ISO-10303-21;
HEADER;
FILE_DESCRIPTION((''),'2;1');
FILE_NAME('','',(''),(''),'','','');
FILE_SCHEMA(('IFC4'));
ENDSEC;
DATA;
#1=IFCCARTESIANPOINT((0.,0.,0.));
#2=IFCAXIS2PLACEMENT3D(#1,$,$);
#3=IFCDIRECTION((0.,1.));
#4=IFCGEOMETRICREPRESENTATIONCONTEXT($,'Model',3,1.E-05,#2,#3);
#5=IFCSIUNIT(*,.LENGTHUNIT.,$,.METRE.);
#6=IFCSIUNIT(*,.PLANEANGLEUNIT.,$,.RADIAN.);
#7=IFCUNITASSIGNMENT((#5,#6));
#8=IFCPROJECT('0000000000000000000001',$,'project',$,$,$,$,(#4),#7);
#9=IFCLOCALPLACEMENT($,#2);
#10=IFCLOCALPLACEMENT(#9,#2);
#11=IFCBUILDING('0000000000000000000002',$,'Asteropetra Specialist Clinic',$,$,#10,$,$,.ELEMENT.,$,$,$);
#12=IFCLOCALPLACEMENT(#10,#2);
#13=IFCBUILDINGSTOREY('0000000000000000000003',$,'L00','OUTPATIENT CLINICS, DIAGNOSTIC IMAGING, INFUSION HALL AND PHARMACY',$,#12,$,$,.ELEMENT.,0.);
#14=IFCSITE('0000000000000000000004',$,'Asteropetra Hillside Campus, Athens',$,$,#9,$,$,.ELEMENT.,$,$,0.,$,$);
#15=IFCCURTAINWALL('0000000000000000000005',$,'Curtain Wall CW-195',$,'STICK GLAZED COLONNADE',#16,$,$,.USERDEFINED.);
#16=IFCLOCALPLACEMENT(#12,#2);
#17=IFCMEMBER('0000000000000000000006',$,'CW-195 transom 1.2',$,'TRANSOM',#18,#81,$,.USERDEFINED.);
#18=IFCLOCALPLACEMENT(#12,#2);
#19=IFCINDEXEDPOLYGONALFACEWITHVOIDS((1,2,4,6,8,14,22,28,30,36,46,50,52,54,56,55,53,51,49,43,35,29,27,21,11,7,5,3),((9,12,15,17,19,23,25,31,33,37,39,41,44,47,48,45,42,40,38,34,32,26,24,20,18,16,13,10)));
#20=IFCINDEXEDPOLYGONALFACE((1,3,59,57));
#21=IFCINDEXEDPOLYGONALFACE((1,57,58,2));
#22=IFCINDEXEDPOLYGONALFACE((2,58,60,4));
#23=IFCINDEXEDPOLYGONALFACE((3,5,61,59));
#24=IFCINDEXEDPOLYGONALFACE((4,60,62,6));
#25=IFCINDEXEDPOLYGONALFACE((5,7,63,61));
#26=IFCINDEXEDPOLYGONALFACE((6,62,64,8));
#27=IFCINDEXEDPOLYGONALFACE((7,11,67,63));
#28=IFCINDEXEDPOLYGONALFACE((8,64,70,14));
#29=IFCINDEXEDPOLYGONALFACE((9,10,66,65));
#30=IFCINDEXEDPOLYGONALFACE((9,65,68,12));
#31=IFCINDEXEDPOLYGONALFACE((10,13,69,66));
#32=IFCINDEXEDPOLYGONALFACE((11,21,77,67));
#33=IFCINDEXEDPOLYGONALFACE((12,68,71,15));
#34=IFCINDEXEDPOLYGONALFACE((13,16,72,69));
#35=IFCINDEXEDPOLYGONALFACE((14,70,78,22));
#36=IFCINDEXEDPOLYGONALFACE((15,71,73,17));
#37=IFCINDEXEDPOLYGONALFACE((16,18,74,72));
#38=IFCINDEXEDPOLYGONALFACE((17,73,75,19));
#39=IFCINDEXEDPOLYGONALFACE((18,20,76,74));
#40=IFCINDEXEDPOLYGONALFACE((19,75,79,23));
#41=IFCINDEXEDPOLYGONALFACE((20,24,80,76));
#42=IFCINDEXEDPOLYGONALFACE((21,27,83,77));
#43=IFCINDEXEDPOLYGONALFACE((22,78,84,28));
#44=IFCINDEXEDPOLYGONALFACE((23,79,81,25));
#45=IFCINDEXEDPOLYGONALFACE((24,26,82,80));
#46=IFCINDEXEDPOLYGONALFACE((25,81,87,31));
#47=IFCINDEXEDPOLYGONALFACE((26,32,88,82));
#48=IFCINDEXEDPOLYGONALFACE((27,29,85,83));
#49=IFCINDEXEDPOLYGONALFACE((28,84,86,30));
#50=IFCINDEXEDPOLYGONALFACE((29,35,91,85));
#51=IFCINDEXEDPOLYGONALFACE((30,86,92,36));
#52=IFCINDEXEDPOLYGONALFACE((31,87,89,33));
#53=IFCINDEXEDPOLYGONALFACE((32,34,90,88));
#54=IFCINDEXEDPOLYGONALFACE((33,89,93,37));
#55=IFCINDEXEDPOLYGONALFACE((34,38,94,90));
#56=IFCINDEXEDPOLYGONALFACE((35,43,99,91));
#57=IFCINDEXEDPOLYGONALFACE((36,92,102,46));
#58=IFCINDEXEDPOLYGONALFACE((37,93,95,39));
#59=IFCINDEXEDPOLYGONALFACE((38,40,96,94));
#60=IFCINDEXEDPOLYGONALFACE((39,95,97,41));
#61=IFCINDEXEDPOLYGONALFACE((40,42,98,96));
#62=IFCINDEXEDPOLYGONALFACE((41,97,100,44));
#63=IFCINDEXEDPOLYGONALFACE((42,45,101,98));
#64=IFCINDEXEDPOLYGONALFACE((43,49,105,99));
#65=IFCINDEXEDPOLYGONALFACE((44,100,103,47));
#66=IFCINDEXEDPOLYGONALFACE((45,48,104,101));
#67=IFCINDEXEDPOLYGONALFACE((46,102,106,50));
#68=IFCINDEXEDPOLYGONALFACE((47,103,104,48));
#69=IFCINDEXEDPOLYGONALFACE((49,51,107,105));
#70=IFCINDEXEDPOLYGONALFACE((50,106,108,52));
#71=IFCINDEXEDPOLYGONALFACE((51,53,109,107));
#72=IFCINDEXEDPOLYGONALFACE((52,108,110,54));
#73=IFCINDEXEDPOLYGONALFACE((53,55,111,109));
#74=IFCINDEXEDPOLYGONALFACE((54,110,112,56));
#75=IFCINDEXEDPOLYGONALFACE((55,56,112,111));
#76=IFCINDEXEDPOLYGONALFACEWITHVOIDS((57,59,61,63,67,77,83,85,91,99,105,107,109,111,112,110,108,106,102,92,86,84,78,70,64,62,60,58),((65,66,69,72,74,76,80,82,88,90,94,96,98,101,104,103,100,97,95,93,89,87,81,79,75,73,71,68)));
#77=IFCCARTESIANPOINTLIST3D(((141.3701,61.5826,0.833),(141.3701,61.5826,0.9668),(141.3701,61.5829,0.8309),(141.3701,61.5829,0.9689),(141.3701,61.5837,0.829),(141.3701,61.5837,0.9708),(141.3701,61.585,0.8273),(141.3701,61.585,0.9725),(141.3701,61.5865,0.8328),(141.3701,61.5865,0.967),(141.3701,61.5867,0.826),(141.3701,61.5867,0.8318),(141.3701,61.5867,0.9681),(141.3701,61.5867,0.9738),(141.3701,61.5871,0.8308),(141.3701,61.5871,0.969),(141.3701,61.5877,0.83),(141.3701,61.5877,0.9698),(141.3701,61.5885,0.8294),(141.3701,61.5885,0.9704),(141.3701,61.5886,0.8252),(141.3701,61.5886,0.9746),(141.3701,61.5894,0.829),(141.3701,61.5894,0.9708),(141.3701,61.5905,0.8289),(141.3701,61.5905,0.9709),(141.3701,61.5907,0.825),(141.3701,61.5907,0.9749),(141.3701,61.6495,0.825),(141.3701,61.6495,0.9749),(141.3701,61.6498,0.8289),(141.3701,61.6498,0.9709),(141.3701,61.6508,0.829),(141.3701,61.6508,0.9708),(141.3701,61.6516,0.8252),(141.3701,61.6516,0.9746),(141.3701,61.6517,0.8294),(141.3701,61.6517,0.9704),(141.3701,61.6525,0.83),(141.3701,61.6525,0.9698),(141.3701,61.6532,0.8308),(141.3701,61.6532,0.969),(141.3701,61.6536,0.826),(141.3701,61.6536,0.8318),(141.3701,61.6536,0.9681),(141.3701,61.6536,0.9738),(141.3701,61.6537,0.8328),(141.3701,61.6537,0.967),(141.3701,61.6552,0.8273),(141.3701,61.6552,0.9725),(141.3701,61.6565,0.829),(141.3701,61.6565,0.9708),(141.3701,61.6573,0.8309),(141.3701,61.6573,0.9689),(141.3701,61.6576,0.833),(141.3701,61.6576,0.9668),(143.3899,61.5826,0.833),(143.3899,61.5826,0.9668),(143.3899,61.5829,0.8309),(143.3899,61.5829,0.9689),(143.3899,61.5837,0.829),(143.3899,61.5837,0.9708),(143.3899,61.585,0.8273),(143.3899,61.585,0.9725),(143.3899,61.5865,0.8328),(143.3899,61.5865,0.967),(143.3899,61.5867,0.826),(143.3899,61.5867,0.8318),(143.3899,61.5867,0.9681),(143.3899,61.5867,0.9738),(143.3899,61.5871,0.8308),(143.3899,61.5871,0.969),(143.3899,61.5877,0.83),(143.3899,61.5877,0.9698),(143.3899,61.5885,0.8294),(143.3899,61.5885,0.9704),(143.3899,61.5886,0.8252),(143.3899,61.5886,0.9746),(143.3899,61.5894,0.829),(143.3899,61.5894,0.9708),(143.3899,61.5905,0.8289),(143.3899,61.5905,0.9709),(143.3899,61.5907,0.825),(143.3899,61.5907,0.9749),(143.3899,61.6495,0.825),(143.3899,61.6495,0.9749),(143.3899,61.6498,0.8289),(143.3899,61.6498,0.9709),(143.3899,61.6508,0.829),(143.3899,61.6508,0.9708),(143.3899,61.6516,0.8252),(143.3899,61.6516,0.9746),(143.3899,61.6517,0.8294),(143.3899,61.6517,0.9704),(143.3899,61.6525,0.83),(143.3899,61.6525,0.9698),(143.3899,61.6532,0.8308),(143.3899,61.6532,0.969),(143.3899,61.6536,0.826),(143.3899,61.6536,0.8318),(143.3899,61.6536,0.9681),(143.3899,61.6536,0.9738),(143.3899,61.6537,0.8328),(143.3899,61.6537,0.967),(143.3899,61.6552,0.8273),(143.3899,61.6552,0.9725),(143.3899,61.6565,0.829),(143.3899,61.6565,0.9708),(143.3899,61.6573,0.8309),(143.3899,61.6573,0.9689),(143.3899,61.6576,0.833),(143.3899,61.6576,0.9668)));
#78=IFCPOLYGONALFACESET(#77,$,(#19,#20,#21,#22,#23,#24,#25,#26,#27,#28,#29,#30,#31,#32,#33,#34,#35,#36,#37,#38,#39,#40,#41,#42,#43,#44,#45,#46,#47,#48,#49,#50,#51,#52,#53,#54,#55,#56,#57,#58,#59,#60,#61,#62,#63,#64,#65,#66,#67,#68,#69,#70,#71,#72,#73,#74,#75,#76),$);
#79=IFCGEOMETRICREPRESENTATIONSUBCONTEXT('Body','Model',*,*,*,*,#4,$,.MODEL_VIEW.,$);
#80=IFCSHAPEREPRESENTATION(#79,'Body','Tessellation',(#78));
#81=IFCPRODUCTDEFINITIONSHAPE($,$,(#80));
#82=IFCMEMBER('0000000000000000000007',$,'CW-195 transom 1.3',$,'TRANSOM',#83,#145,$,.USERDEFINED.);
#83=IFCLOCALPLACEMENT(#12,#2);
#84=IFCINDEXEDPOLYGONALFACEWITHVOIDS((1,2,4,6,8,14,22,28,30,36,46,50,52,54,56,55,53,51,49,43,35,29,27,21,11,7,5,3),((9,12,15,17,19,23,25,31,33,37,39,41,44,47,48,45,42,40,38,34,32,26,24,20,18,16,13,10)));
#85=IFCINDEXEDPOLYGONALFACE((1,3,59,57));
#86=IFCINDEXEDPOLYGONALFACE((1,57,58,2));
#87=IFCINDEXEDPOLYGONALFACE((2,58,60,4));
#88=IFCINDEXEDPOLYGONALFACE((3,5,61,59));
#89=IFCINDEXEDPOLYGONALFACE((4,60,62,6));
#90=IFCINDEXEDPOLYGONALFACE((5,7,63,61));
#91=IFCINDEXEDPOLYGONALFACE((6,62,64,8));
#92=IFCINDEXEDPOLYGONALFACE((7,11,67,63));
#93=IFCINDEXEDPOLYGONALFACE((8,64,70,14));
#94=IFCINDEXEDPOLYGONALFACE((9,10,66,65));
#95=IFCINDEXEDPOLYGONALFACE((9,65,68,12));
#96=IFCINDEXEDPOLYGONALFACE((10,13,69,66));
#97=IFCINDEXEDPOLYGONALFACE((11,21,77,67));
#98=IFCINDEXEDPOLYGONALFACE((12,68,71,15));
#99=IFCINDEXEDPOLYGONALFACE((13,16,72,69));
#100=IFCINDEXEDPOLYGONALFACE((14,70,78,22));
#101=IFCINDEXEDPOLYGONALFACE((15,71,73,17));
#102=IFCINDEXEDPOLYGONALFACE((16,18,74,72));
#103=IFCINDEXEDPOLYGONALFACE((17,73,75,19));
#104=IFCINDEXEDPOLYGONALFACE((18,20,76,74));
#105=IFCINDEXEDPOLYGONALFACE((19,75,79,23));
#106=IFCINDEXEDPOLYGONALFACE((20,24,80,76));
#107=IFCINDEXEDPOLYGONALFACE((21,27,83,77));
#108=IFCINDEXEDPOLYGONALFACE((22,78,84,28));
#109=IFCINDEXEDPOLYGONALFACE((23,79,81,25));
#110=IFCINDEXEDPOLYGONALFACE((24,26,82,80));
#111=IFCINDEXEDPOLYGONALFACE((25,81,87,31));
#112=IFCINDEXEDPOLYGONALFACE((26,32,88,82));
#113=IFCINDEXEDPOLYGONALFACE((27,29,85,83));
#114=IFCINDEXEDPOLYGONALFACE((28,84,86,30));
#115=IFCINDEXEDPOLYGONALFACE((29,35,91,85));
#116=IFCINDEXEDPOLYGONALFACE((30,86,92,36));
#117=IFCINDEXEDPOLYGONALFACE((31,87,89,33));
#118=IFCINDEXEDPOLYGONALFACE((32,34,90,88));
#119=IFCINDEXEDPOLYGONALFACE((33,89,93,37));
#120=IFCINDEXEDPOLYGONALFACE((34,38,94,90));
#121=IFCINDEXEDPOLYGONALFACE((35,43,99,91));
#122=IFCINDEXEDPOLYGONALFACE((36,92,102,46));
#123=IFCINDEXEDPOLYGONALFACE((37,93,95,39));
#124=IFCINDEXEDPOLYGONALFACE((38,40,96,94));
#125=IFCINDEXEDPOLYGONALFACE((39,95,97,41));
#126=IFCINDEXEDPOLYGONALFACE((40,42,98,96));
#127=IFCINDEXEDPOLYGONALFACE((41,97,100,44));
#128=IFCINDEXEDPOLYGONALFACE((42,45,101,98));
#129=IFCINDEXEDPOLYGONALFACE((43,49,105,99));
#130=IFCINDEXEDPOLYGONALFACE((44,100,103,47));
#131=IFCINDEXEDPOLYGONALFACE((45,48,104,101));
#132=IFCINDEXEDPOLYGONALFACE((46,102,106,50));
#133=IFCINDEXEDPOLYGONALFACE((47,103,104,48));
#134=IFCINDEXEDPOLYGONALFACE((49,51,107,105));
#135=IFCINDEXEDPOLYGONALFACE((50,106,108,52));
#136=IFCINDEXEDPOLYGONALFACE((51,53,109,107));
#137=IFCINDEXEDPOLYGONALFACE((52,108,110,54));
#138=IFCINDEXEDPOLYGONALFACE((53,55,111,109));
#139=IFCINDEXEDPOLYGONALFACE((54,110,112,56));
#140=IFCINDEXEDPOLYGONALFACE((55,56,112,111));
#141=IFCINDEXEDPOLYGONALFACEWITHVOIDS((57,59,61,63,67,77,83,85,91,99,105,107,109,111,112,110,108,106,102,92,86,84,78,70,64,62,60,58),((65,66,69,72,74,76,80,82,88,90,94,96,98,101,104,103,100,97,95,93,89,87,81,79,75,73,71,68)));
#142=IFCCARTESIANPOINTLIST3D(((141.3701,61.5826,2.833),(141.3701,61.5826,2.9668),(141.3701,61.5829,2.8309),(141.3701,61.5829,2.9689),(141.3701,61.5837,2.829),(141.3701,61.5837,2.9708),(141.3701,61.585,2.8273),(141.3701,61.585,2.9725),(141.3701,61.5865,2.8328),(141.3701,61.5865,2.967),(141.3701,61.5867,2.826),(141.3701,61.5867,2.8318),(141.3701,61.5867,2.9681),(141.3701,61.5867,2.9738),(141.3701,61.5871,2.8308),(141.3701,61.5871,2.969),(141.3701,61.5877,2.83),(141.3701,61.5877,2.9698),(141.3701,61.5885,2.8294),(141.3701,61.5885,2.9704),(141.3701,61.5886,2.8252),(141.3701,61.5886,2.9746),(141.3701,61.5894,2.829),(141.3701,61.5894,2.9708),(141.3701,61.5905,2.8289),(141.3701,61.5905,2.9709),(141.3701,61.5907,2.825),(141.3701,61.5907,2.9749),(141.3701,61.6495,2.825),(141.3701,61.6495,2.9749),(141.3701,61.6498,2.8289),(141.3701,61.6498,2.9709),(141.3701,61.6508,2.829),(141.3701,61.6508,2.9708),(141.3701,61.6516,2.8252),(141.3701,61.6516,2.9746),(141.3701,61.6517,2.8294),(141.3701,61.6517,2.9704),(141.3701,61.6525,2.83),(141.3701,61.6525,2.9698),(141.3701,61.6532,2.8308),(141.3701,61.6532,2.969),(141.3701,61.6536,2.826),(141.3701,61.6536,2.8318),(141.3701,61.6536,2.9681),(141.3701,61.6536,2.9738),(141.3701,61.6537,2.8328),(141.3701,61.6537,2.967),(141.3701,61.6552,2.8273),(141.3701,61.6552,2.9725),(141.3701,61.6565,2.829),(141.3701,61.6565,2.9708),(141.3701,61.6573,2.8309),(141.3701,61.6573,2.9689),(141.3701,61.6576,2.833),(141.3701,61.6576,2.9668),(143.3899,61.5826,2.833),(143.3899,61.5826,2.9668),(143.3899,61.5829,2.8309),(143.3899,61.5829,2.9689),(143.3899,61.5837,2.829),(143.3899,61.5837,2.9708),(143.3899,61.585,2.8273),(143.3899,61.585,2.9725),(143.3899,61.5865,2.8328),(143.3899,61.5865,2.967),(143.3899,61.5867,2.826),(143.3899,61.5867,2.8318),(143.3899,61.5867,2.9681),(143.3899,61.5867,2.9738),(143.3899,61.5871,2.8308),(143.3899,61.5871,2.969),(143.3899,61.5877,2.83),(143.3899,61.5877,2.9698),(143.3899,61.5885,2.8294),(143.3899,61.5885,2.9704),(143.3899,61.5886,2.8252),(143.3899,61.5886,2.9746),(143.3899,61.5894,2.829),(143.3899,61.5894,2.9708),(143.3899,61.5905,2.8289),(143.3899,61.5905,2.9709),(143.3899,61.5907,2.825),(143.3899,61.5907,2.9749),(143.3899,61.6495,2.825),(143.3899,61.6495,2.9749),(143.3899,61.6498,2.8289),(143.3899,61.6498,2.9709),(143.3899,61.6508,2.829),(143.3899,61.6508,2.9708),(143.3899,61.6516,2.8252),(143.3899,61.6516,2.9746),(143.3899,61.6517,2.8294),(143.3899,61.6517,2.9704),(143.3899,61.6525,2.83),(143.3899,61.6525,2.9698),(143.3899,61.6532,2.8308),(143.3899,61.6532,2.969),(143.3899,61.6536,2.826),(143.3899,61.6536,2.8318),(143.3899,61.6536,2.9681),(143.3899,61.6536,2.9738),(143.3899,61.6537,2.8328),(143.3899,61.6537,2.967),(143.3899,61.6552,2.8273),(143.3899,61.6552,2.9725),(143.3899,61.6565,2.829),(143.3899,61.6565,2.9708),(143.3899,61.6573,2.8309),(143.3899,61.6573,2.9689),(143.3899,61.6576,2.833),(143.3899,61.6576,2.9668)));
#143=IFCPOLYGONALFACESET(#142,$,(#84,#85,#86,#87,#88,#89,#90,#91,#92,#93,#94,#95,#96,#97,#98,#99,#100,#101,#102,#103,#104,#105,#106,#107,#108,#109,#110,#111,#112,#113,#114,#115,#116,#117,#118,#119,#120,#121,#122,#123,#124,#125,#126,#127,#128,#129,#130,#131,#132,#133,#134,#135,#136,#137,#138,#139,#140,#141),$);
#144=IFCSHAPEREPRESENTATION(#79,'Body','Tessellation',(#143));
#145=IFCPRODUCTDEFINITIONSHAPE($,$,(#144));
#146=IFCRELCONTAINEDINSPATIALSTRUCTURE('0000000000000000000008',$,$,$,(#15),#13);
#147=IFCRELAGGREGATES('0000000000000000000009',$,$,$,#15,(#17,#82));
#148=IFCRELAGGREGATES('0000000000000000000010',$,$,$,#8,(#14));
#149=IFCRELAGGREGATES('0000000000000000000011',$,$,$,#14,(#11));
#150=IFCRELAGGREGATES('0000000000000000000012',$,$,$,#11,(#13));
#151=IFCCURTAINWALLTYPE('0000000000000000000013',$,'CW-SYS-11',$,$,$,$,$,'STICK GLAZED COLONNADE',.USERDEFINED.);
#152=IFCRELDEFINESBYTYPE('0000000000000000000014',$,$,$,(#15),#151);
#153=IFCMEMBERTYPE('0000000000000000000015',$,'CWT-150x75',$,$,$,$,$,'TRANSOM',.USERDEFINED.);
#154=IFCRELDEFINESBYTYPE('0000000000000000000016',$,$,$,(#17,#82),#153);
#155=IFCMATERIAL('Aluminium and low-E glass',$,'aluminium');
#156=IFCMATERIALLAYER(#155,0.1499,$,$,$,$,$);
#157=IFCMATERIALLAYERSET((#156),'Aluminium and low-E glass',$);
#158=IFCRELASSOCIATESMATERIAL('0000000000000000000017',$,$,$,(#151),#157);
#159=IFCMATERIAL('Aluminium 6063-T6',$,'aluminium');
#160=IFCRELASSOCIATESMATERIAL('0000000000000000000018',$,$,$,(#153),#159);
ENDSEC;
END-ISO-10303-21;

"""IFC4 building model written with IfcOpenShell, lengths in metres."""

from ifc_helpers import new_model, si_unit, direction, frame, origin, origin_2d, place, context, subcontext, project, spatial, hollow_rectangle, extrude, material, layer, layer_set, material_profile, profile_set, type_object, element, aggregate, save


model = new_model("IFC4")

# Units and contexts
model_context = context("Model", 3, precision=1e-05, world=origin(), true_north=direction((0.0, 1.0)))
body_context = subcontext(model_context, "Body", "Model", "MODEL_VIEW")
ifc_project = project(units=[si_unit("LENGTHUNIT", "METRE"), si_unit("PLANEANGLEUNIT", "RADIAN")], contexts=[model_context])

# Site, building, storey
site_placement = place(None, origin())
site = spatial("IfcSite", under=ifc_project, at=site_placement, Name="Asteropetra Hillside Campus, Athens", CompositionType="ELEMENT", RefElevation=0.0)
building_placement = place(site_placement, origin())
building = spatial("IfcBuilding", under=site, at=building_placement, Name="Asteropetra Specialist Clinic", CompositionType="ELEMENT")
storey_placement = place(building_placement, origin())
storey = spatial("IfcBuildingStorey", under=building, at=storey_placement, Name="L00", Description="OUTPATIENT CLINICS, DIAGNOSTIC IMAGING, INFUSION HALL AND PHARMACY", CompositionType="ELEMENT", Elevation=0.0)

# Curtain wall, members
ifc_material_1 = material(Name="Aluminium and low-E glass", Category="aluminium")
ifc_layer_1 = layer(ifc_material_1, 0.1499)
ifc_layer_set_1 = layer_set([ifc_layer_1], Name="Aluminium and low-E glass")
curtain_wall_type = type_object("IfcCurtainWallType", Name="CW-SYS-11", ElementType="STICK GLAZED COLONNADE", PredefinedType="USERDEFINED", material=ifc_layer_set_1)
curtain_wall_placement = place(storey_placement, origin())
curtain_wall = element("IfcCurtainWall", 1, at=curtain_wall_placement, inside=storey, type_object=curtain_wall_type, Name="Curtain Wall CW-195", ObjectType="STICK GLAZED COLONNADE", PredefinedType="USERDEFINED")
ifc_material_2 = material(Name="Aluminium 6063-T6", Category="aluminium")
ifc_material_profile_1 = material_profile(ifc_material_2, hollow_rectangle(XDim=0.075, YDim=0.1499, WallThickness=0.0039, InnerFilletRadius=0.0039, OuterFilletRadius=0.0081, at=origin_2d()), Name="TRN 150x75x4.0")
ifc_profile_set_1 = profile_set([ifc_material_profile_1], Name="Aluminium 6063-T6")
member_type_1 = type_object("IfcMemberType", Name="CWT-150x75", ElementType="TRANSOM", PredefinedType="USERDEFINED", material=ifc_profile_set_1)
member_1_placement = place(storey_placement, frame((143.3899, 61.6201, 0.8999), z_axis=(-1.0, 0.0, 0.0), x_axis=(0.0, -1.0, 0.0)))
member_1 = element("IfcMember", 2, at=member_1_placement, type_object=member_type_1, Name="CW-195 transom 1.2", ObjectType="TRANSOM", PredefinedType="USERDEFINED", context=body_context, shape_type="SweptSolid", body=[
    extrude(hollow_rectangle(XDim=0.075, YDim=0.1499, WallThickness=0.0039, InnerFilletRadius=0.0039, OuterFilletRadius=0.0081, at=origin_2d()), origin(), (0.0, 0.0, 1.0), 2.0198),
])
member_2_placement = place(storey_placement, frame((143.3899, 61.6201, 2.8999), z_axis=(-1.0, 0.0, 0.0), x_axis=(0.0, -1.0, 0.0)))
member_2 = element("IfcMember", 3, at=member_2_placement, type_object=member_type_1, Name="CW-195 transom 1.3", ObjectType="TRANSOM", PredefinedType="USERDEFINED", context=body_context, shape_type="SweptSolid", body=[
    extrude(hollow_rectangle(XDim=0.075, YDim=0.1499, WallThickness=0.0039, InnerFilletRadius=0.0039, OuterFilletRadius=0.0081, at=origin_2d()), origin(), (0.0, 0.0, 1.0), 2.0198),
])
aggregate(curtain_wall, [member_1, member_2])

save(model, "model.ifc")
